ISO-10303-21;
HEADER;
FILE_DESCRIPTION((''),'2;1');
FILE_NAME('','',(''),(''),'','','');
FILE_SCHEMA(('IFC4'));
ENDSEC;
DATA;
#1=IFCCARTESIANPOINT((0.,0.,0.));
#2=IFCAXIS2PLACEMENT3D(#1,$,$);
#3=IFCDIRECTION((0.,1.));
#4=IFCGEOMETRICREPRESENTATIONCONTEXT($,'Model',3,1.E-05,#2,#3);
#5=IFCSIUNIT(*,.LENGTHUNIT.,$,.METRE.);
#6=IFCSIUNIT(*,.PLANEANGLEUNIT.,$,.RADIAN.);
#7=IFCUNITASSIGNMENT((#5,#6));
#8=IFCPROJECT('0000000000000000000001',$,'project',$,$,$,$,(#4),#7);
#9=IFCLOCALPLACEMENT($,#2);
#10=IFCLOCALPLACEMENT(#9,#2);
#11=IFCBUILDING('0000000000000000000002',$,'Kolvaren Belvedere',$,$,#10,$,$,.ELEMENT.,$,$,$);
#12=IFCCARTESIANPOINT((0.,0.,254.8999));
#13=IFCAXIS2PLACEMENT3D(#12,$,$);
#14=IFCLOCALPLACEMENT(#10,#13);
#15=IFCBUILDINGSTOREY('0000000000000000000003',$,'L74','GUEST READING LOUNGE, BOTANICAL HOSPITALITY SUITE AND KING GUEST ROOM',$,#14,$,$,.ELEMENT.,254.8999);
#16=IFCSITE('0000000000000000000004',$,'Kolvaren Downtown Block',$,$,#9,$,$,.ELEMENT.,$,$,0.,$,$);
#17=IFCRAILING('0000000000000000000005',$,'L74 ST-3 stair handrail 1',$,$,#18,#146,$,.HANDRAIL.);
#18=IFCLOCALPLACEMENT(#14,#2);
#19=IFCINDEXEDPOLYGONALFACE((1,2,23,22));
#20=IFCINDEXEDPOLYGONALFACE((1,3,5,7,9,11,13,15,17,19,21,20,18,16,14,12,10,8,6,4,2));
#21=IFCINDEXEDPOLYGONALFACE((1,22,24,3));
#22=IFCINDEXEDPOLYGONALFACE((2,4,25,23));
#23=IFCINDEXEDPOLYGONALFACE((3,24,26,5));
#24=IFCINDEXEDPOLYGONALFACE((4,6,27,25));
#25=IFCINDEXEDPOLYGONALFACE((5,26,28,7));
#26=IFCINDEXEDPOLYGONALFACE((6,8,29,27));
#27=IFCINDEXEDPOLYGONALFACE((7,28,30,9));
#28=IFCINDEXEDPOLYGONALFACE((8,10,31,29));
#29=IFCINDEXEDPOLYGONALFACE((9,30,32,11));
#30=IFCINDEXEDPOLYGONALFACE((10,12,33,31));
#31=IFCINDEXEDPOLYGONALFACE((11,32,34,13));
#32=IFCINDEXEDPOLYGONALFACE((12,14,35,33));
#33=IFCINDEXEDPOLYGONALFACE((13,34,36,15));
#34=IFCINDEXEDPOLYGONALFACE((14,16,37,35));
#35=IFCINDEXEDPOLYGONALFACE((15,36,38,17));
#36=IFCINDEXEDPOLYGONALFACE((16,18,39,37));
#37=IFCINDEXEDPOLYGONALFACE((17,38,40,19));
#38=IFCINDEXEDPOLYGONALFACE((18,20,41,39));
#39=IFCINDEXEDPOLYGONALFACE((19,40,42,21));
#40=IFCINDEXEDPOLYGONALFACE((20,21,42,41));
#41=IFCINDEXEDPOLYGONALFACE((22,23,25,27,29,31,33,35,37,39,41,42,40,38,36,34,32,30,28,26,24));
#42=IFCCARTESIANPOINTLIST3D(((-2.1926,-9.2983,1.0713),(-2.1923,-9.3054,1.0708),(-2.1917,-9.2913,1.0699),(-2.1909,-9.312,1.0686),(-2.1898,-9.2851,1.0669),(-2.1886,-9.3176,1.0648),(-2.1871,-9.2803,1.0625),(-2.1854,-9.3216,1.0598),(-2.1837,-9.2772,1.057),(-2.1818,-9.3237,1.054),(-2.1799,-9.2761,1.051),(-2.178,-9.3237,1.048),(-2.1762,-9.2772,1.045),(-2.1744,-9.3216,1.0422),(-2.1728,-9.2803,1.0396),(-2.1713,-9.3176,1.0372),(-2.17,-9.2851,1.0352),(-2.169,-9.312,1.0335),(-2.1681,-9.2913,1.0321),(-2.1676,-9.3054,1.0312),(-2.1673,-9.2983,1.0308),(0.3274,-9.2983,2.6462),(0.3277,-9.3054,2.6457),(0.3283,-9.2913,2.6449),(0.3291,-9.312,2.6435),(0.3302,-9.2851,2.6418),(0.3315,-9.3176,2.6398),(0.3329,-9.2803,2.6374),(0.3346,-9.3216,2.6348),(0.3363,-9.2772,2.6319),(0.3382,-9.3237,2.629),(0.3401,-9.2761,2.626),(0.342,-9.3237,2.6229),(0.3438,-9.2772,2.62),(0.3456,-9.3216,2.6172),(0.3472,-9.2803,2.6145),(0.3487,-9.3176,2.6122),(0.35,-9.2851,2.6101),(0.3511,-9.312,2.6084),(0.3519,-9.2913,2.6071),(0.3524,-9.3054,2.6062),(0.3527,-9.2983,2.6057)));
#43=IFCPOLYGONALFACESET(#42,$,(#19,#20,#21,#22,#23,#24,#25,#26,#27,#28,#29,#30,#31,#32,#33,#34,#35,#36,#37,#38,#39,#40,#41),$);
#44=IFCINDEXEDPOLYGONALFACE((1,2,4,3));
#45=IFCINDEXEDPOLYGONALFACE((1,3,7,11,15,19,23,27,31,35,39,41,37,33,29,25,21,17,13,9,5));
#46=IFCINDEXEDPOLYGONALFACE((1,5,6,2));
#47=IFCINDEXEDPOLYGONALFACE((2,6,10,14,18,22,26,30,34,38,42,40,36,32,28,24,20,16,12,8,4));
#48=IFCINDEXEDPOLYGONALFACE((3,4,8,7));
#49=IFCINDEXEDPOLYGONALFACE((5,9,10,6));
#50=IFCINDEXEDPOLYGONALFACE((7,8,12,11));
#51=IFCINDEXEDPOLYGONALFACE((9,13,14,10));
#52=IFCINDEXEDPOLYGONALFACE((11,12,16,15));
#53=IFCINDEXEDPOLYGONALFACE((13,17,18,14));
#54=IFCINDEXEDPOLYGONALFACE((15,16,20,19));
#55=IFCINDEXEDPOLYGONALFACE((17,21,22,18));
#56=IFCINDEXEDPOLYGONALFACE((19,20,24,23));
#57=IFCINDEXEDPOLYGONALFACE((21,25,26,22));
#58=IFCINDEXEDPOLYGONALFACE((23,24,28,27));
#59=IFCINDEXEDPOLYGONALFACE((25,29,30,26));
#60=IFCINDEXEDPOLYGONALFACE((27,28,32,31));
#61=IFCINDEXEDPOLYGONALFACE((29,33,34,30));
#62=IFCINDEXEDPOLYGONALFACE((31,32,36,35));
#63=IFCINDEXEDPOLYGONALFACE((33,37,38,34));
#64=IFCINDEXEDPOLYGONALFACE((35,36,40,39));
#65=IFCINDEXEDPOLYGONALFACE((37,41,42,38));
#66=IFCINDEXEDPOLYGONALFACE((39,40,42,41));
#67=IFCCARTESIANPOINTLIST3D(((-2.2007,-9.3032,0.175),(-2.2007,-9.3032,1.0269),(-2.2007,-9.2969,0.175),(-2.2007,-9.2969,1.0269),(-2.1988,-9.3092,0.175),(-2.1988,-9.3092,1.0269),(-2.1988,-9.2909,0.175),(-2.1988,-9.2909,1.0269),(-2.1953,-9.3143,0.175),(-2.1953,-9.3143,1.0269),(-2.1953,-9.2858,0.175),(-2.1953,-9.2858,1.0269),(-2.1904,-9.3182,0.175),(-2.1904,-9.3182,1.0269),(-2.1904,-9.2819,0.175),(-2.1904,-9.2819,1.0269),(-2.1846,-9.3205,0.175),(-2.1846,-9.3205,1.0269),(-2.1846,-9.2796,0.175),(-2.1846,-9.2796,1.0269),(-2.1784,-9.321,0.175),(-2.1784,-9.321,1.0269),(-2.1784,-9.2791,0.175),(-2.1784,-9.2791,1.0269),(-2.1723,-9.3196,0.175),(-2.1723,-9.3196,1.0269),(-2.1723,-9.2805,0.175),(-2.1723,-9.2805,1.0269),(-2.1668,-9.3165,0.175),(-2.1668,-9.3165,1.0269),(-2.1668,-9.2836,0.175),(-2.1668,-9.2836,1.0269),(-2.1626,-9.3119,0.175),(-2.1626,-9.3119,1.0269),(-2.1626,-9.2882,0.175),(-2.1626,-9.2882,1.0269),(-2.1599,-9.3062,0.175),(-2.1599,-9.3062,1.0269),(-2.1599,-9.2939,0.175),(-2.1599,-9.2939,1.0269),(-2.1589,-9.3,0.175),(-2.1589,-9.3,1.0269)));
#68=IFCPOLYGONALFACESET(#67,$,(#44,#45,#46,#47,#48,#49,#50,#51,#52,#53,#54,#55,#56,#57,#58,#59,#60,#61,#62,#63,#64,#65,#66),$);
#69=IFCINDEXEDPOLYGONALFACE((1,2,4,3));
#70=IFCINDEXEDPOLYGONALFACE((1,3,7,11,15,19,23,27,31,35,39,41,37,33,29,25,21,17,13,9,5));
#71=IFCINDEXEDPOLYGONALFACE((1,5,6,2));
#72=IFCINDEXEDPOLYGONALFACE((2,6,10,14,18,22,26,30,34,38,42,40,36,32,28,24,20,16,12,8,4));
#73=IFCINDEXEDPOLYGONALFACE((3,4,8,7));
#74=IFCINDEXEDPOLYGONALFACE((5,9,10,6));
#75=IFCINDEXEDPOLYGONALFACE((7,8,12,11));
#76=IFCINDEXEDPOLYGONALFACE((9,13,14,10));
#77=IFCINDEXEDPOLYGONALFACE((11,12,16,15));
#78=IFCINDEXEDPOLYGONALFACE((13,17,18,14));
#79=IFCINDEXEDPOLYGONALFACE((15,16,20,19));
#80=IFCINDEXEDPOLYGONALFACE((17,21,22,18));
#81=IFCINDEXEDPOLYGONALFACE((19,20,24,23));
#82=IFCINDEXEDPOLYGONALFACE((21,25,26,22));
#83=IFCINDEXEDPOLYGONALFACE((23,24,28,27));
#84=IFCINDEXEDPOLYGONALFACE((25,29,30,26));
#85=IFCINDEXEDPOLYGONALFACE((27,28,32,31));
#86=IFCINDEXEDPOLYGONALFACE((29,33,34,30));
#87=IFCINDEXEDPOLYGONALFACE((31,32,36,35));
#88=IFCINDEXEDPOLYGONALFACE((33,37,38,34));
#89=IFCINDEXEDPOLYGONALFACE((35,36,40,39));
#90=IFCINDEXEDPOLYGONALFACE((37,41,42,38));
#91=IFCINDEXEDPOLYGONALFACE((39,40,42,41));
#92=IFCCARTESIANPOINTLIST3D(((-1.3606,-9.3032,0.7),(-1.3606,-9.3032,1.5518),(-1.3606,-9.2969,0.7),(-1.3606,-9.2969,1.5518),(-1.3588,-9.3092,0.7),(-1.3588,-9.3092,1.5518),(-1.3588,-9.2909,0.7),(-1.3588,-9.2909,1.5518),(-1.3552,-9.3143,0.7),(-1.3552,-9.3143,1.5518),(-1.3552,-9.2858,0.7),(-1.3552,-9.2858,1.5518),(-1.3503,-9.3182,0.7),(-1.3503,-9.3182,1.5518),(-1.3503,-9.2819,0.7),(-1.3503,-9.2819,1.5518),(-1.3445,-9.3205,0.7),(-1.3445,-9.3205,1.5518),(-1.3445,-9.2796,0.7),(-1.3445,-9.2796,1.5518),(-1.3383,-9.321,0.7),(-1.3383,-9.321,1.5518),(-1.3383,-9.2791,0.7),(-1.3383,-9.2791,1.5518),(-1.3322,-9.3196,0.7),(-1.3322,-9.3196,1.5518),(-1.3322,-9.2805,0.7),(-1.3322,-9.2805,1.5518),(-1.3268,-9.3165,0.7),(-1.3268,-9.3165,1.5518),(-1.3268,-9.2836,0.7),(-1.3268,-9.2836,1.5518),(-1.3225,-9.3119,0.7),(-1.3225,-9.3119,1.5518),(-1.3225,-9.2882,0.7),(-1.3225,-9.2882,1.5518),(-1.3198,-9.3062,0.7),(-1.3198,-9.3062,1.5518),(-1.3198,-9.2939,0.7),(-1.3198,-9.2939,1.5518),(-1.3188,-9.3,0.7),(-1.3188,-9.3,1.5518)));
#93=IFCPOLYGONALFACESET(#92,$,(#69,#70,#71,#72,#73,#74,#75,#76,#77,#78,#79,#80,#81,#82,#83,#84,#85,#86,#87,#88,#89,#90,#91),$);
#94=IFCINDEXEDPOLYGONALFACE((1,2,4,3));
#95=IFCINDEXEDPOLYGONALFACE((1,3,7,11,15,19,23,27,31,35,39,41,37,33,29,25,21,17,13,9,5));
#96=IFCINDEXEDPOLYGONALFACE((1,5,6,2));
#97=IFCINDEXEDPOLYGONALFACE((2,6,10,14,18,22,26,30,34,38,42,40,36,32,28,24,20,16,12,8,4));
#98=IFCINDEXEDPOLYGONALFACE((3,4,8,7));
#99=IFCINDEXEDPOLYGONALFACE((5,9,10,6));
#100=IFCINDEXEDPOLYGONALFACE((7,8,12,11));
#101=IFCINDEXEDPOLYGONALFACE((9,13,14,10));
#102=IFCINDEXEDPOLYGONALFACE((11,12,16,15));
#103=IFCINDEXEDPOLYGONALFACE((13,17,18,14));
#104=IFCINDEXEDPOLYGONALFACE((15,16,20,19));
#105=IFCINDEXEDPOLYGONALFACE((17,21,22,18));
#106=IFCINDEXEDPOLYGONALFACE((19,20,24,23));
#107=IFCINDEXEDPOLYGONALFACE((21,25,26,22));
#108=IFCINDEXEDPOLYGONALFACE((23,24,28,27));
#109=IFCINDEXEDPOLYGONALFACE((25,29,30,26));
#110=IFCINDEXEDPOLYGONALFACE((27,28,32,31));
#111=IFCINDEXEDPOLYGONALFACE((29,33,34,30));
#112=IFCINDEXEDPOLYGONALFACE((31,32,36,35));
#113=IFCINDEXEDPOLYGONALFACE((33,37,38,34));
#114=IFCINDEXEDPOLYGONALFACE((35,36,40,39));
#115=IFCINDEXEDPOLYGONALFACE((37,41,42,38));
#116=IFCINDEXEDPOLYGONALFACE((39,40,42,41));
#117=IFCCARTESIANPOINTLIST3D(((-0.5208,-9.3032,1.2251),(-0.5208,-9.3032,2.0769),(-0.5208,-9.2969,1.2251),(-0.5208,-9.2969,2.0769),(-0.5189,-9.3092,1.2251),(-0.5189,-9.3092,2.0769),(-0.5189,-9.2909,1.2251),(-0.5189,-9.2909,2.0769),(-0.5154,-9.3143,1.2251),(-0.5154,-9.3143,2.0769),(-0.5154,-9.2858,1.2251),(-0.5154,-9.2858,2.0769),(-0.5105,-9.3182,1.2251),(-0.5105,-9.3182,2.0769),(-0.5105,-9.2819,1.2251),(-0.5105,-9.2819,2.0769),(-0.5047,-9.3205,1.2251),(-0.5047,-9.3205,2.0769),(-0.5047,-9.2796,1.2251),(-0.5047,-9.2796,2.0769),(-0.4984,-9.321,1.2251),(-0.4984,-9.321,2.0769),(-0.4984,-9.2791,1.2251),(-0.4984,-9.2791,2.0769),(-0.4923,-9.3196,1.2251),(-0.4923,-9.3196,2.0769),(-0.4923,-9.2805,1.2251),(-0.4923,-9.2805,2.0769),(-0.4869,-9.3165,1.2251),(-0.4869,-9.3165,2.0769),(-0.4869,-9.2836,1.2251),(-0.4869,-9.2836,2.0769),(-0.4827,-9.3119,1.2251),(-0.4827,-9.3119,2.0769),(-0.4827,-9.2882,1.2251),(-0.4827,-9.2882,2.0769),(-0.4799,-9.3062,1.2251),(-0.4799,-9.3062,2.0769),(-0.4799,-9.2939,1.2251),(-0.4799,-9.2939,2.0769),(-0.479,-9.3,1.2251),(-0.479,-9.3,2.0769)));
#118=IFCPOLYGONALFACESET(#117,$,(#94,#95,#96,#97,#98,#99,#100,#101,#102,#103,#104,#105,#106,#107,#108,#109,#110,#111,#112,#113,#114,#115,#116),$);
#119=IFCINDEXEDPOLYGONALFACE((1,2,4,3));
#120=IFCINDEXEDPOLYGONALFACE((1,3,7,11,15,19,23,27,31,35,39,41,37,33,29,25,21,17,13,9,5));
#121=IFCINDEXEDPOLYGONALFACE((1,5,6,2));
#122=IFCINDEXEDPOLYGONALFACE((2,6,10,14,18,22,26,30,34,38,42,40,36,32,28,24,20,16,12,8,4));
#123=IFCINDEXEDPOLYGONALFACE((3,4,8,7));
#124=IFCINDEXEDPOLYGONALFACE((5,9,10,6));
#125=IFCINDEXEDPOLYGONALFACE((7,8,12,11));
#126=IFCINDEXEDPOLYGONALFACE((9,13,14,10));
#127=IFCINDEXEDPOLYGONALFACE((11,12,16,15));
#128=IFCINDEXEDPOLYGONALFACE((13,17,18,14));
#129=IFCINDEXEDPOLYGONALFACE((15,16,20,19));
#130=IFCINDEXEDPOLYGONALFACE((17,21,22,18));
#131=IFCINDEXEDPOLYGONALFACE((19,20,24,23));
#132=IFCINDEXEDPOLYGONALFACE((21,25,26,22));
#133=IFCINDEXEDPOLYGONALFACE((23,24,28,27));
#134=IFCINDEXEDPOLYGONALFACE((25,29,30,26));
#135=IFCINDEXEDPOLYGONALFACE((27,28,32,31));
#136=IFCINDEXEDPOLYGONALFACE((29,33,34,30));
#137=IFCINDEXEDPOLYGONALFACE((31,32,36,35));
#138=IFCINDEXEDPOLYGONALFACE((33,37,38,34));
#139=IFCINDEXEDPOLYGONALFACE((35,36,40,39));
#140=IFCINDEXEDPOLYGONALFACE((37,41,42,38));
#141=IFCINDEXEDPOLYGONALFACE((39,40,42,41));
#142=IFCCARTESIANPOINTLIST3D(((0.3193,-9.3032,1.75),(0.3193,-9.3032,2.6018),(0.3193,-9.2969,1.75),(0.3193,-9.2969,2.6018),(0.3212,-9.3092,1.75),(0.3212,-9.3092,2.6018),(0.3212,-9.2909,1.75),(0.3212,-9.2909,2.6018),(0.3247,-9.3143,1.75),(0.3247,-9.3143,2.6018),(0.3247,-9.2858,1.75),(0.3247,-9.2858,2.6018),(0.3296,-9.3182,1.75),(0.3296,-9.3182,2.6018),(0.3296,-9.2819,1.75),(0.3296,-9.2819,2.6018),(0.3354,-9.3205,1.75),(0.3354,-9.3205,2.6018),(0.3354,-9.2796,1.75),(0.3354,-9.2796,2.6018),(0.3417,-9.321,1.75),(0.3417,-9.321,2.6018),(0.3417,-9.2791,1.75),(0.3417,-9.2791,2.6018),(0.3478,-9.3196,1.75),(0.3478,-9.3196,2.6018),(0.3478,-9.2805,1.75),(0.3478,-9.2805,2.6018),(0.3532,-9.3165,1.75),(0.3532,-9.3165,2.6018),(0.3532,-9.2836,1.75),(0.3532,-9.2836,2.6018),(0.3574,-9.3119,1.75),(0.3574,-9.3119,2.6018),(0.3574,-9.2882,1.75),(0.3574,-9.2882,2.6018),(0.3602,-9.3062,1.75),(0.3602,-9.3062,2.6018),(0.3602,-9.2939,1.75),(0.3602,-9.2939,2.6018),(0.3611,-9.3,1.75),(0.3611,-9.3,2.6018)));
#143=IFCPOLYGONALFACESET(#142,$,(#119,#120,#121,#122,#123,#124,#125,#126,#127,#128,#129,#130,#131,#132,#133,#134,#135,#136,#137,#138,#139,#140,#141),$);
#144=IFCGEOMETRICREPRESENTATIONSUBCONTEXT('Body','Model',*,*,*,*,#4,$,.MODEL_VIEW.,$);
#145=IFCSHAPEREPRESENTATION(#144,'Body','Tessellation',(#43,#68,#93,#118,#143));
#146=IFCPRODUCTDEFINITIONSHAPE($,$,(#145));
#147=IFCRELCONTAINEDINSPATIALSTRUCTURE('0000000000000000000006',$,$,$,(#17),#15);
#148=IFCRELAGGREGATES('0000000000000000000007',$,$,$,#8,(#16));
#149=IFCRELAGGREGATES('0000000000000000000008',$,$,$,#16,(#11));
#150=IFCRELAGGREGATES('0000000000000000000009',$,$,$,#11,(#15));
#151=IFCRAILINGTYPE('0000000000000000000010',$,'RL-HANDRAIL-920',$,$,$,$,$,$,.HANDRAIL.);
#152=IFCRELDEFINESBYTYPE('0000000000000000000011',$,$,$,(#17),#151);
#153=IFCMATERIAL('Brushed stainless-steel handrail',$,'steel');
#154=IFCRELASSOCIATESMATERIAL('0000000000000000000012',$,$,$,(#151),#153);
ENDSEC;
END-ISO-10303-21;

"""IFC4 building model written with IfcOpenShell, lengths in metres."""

from ifc_helpers import new_model, si_unit, direction, frame, origin, origin_2d, place, context, subcontext, project, spatial, circle, extrude, material, type_object, element, save


model = new_model("IFC4")

# Units and contexts
model_context = context("Model", 3, precision=1e-05, world=origin(), true_north=direction((0.0, 1.0)))
body_context = subcontext(model_context, "Body", "Model", "MODEL_VIEW")
ifc_project = project(units=[si_unit("LENGTHUNIT", "METRE"), si_unit("PLANEANGLEUNIT", "RADIAN")], contexts=[model_context])

# Site, building, storey
site_placement = place(None, origin())
site = spatial("IfcSite", under=ifc_project, at=site_placement, Name="Kolvaren Downtown Block", CompositionType="ELEMENT", RefElevation=0.0)
building_placement = place(site_placement, origin())
building = spatial("IfcBuilding", under=site, at=building_placement, Name="Kolvaren Belvedere", CompositionType="ELEMENT")
storey_placement = place(building_placement, frame((0.0, 0.0, 254.8999)))
storey = spatial("IfcBuildingStorey", under=building, at=storey_placement, Name="L74", Description="GUEST READING LOUNGE, BOTANICAL HOSPITALITY SUITE AND KING GUEST ROOM", CompositionType="ELEMENT", Elevation=254.8999)

# Railing
ifc_material_1 = material(Name="Brushed stainless-steel handrail", Category="steel")
railing_type_1 = type_object("IfcRailingType", Name="RL-HANDRAIL-920", PredefinedType="HANDRAIL", material=ifc_material_1)
railing_1_placement = place(storey_placement, frame((-2.1799, -9.3, 0.175)))
element("IfcRailing", 1, at=railing_1_placement, inside=storey, type_object=railing_type_1, Name="L74 ST-3 stair handrail 1", PredefinedType="HANDRAIL", context=body_context, shape_type="SweptSolid", body=[
    extrude(circle(Radius=0.0239, at=origin_2d()), frame((0.0, 0.0, 0.876), z_axis=(0.848008, 0.0, 0.529984), x_axis=(0.0, 1.0, 0.0)), (0.0, 0.0, 1.0), 2.9717),
    extrude(circle(Radius=0.021, at=origin_2d()), origin(), (0.0, 0.0, 1.0), 0.8518),
    extrude(circle(Radius=0.021, at=origin_2d()), frame((0.8401, 0.0, 0.5249)), (0.0, 0.0, 1.0), 0.8518),
    extrude(circle(Radius=0.021, at=origin_2d()), frame((1.6799, 0.0, 1.05)), (0.0, 0.0, 1.0), 0.8518),
    extrude(circle(Radius=0.021, at=origin_2d()), frame((2.52, 0.0, 1.575)), (0.0, 0.0, 1.0), 0.8518),
])

save(model, "model.ifc")
